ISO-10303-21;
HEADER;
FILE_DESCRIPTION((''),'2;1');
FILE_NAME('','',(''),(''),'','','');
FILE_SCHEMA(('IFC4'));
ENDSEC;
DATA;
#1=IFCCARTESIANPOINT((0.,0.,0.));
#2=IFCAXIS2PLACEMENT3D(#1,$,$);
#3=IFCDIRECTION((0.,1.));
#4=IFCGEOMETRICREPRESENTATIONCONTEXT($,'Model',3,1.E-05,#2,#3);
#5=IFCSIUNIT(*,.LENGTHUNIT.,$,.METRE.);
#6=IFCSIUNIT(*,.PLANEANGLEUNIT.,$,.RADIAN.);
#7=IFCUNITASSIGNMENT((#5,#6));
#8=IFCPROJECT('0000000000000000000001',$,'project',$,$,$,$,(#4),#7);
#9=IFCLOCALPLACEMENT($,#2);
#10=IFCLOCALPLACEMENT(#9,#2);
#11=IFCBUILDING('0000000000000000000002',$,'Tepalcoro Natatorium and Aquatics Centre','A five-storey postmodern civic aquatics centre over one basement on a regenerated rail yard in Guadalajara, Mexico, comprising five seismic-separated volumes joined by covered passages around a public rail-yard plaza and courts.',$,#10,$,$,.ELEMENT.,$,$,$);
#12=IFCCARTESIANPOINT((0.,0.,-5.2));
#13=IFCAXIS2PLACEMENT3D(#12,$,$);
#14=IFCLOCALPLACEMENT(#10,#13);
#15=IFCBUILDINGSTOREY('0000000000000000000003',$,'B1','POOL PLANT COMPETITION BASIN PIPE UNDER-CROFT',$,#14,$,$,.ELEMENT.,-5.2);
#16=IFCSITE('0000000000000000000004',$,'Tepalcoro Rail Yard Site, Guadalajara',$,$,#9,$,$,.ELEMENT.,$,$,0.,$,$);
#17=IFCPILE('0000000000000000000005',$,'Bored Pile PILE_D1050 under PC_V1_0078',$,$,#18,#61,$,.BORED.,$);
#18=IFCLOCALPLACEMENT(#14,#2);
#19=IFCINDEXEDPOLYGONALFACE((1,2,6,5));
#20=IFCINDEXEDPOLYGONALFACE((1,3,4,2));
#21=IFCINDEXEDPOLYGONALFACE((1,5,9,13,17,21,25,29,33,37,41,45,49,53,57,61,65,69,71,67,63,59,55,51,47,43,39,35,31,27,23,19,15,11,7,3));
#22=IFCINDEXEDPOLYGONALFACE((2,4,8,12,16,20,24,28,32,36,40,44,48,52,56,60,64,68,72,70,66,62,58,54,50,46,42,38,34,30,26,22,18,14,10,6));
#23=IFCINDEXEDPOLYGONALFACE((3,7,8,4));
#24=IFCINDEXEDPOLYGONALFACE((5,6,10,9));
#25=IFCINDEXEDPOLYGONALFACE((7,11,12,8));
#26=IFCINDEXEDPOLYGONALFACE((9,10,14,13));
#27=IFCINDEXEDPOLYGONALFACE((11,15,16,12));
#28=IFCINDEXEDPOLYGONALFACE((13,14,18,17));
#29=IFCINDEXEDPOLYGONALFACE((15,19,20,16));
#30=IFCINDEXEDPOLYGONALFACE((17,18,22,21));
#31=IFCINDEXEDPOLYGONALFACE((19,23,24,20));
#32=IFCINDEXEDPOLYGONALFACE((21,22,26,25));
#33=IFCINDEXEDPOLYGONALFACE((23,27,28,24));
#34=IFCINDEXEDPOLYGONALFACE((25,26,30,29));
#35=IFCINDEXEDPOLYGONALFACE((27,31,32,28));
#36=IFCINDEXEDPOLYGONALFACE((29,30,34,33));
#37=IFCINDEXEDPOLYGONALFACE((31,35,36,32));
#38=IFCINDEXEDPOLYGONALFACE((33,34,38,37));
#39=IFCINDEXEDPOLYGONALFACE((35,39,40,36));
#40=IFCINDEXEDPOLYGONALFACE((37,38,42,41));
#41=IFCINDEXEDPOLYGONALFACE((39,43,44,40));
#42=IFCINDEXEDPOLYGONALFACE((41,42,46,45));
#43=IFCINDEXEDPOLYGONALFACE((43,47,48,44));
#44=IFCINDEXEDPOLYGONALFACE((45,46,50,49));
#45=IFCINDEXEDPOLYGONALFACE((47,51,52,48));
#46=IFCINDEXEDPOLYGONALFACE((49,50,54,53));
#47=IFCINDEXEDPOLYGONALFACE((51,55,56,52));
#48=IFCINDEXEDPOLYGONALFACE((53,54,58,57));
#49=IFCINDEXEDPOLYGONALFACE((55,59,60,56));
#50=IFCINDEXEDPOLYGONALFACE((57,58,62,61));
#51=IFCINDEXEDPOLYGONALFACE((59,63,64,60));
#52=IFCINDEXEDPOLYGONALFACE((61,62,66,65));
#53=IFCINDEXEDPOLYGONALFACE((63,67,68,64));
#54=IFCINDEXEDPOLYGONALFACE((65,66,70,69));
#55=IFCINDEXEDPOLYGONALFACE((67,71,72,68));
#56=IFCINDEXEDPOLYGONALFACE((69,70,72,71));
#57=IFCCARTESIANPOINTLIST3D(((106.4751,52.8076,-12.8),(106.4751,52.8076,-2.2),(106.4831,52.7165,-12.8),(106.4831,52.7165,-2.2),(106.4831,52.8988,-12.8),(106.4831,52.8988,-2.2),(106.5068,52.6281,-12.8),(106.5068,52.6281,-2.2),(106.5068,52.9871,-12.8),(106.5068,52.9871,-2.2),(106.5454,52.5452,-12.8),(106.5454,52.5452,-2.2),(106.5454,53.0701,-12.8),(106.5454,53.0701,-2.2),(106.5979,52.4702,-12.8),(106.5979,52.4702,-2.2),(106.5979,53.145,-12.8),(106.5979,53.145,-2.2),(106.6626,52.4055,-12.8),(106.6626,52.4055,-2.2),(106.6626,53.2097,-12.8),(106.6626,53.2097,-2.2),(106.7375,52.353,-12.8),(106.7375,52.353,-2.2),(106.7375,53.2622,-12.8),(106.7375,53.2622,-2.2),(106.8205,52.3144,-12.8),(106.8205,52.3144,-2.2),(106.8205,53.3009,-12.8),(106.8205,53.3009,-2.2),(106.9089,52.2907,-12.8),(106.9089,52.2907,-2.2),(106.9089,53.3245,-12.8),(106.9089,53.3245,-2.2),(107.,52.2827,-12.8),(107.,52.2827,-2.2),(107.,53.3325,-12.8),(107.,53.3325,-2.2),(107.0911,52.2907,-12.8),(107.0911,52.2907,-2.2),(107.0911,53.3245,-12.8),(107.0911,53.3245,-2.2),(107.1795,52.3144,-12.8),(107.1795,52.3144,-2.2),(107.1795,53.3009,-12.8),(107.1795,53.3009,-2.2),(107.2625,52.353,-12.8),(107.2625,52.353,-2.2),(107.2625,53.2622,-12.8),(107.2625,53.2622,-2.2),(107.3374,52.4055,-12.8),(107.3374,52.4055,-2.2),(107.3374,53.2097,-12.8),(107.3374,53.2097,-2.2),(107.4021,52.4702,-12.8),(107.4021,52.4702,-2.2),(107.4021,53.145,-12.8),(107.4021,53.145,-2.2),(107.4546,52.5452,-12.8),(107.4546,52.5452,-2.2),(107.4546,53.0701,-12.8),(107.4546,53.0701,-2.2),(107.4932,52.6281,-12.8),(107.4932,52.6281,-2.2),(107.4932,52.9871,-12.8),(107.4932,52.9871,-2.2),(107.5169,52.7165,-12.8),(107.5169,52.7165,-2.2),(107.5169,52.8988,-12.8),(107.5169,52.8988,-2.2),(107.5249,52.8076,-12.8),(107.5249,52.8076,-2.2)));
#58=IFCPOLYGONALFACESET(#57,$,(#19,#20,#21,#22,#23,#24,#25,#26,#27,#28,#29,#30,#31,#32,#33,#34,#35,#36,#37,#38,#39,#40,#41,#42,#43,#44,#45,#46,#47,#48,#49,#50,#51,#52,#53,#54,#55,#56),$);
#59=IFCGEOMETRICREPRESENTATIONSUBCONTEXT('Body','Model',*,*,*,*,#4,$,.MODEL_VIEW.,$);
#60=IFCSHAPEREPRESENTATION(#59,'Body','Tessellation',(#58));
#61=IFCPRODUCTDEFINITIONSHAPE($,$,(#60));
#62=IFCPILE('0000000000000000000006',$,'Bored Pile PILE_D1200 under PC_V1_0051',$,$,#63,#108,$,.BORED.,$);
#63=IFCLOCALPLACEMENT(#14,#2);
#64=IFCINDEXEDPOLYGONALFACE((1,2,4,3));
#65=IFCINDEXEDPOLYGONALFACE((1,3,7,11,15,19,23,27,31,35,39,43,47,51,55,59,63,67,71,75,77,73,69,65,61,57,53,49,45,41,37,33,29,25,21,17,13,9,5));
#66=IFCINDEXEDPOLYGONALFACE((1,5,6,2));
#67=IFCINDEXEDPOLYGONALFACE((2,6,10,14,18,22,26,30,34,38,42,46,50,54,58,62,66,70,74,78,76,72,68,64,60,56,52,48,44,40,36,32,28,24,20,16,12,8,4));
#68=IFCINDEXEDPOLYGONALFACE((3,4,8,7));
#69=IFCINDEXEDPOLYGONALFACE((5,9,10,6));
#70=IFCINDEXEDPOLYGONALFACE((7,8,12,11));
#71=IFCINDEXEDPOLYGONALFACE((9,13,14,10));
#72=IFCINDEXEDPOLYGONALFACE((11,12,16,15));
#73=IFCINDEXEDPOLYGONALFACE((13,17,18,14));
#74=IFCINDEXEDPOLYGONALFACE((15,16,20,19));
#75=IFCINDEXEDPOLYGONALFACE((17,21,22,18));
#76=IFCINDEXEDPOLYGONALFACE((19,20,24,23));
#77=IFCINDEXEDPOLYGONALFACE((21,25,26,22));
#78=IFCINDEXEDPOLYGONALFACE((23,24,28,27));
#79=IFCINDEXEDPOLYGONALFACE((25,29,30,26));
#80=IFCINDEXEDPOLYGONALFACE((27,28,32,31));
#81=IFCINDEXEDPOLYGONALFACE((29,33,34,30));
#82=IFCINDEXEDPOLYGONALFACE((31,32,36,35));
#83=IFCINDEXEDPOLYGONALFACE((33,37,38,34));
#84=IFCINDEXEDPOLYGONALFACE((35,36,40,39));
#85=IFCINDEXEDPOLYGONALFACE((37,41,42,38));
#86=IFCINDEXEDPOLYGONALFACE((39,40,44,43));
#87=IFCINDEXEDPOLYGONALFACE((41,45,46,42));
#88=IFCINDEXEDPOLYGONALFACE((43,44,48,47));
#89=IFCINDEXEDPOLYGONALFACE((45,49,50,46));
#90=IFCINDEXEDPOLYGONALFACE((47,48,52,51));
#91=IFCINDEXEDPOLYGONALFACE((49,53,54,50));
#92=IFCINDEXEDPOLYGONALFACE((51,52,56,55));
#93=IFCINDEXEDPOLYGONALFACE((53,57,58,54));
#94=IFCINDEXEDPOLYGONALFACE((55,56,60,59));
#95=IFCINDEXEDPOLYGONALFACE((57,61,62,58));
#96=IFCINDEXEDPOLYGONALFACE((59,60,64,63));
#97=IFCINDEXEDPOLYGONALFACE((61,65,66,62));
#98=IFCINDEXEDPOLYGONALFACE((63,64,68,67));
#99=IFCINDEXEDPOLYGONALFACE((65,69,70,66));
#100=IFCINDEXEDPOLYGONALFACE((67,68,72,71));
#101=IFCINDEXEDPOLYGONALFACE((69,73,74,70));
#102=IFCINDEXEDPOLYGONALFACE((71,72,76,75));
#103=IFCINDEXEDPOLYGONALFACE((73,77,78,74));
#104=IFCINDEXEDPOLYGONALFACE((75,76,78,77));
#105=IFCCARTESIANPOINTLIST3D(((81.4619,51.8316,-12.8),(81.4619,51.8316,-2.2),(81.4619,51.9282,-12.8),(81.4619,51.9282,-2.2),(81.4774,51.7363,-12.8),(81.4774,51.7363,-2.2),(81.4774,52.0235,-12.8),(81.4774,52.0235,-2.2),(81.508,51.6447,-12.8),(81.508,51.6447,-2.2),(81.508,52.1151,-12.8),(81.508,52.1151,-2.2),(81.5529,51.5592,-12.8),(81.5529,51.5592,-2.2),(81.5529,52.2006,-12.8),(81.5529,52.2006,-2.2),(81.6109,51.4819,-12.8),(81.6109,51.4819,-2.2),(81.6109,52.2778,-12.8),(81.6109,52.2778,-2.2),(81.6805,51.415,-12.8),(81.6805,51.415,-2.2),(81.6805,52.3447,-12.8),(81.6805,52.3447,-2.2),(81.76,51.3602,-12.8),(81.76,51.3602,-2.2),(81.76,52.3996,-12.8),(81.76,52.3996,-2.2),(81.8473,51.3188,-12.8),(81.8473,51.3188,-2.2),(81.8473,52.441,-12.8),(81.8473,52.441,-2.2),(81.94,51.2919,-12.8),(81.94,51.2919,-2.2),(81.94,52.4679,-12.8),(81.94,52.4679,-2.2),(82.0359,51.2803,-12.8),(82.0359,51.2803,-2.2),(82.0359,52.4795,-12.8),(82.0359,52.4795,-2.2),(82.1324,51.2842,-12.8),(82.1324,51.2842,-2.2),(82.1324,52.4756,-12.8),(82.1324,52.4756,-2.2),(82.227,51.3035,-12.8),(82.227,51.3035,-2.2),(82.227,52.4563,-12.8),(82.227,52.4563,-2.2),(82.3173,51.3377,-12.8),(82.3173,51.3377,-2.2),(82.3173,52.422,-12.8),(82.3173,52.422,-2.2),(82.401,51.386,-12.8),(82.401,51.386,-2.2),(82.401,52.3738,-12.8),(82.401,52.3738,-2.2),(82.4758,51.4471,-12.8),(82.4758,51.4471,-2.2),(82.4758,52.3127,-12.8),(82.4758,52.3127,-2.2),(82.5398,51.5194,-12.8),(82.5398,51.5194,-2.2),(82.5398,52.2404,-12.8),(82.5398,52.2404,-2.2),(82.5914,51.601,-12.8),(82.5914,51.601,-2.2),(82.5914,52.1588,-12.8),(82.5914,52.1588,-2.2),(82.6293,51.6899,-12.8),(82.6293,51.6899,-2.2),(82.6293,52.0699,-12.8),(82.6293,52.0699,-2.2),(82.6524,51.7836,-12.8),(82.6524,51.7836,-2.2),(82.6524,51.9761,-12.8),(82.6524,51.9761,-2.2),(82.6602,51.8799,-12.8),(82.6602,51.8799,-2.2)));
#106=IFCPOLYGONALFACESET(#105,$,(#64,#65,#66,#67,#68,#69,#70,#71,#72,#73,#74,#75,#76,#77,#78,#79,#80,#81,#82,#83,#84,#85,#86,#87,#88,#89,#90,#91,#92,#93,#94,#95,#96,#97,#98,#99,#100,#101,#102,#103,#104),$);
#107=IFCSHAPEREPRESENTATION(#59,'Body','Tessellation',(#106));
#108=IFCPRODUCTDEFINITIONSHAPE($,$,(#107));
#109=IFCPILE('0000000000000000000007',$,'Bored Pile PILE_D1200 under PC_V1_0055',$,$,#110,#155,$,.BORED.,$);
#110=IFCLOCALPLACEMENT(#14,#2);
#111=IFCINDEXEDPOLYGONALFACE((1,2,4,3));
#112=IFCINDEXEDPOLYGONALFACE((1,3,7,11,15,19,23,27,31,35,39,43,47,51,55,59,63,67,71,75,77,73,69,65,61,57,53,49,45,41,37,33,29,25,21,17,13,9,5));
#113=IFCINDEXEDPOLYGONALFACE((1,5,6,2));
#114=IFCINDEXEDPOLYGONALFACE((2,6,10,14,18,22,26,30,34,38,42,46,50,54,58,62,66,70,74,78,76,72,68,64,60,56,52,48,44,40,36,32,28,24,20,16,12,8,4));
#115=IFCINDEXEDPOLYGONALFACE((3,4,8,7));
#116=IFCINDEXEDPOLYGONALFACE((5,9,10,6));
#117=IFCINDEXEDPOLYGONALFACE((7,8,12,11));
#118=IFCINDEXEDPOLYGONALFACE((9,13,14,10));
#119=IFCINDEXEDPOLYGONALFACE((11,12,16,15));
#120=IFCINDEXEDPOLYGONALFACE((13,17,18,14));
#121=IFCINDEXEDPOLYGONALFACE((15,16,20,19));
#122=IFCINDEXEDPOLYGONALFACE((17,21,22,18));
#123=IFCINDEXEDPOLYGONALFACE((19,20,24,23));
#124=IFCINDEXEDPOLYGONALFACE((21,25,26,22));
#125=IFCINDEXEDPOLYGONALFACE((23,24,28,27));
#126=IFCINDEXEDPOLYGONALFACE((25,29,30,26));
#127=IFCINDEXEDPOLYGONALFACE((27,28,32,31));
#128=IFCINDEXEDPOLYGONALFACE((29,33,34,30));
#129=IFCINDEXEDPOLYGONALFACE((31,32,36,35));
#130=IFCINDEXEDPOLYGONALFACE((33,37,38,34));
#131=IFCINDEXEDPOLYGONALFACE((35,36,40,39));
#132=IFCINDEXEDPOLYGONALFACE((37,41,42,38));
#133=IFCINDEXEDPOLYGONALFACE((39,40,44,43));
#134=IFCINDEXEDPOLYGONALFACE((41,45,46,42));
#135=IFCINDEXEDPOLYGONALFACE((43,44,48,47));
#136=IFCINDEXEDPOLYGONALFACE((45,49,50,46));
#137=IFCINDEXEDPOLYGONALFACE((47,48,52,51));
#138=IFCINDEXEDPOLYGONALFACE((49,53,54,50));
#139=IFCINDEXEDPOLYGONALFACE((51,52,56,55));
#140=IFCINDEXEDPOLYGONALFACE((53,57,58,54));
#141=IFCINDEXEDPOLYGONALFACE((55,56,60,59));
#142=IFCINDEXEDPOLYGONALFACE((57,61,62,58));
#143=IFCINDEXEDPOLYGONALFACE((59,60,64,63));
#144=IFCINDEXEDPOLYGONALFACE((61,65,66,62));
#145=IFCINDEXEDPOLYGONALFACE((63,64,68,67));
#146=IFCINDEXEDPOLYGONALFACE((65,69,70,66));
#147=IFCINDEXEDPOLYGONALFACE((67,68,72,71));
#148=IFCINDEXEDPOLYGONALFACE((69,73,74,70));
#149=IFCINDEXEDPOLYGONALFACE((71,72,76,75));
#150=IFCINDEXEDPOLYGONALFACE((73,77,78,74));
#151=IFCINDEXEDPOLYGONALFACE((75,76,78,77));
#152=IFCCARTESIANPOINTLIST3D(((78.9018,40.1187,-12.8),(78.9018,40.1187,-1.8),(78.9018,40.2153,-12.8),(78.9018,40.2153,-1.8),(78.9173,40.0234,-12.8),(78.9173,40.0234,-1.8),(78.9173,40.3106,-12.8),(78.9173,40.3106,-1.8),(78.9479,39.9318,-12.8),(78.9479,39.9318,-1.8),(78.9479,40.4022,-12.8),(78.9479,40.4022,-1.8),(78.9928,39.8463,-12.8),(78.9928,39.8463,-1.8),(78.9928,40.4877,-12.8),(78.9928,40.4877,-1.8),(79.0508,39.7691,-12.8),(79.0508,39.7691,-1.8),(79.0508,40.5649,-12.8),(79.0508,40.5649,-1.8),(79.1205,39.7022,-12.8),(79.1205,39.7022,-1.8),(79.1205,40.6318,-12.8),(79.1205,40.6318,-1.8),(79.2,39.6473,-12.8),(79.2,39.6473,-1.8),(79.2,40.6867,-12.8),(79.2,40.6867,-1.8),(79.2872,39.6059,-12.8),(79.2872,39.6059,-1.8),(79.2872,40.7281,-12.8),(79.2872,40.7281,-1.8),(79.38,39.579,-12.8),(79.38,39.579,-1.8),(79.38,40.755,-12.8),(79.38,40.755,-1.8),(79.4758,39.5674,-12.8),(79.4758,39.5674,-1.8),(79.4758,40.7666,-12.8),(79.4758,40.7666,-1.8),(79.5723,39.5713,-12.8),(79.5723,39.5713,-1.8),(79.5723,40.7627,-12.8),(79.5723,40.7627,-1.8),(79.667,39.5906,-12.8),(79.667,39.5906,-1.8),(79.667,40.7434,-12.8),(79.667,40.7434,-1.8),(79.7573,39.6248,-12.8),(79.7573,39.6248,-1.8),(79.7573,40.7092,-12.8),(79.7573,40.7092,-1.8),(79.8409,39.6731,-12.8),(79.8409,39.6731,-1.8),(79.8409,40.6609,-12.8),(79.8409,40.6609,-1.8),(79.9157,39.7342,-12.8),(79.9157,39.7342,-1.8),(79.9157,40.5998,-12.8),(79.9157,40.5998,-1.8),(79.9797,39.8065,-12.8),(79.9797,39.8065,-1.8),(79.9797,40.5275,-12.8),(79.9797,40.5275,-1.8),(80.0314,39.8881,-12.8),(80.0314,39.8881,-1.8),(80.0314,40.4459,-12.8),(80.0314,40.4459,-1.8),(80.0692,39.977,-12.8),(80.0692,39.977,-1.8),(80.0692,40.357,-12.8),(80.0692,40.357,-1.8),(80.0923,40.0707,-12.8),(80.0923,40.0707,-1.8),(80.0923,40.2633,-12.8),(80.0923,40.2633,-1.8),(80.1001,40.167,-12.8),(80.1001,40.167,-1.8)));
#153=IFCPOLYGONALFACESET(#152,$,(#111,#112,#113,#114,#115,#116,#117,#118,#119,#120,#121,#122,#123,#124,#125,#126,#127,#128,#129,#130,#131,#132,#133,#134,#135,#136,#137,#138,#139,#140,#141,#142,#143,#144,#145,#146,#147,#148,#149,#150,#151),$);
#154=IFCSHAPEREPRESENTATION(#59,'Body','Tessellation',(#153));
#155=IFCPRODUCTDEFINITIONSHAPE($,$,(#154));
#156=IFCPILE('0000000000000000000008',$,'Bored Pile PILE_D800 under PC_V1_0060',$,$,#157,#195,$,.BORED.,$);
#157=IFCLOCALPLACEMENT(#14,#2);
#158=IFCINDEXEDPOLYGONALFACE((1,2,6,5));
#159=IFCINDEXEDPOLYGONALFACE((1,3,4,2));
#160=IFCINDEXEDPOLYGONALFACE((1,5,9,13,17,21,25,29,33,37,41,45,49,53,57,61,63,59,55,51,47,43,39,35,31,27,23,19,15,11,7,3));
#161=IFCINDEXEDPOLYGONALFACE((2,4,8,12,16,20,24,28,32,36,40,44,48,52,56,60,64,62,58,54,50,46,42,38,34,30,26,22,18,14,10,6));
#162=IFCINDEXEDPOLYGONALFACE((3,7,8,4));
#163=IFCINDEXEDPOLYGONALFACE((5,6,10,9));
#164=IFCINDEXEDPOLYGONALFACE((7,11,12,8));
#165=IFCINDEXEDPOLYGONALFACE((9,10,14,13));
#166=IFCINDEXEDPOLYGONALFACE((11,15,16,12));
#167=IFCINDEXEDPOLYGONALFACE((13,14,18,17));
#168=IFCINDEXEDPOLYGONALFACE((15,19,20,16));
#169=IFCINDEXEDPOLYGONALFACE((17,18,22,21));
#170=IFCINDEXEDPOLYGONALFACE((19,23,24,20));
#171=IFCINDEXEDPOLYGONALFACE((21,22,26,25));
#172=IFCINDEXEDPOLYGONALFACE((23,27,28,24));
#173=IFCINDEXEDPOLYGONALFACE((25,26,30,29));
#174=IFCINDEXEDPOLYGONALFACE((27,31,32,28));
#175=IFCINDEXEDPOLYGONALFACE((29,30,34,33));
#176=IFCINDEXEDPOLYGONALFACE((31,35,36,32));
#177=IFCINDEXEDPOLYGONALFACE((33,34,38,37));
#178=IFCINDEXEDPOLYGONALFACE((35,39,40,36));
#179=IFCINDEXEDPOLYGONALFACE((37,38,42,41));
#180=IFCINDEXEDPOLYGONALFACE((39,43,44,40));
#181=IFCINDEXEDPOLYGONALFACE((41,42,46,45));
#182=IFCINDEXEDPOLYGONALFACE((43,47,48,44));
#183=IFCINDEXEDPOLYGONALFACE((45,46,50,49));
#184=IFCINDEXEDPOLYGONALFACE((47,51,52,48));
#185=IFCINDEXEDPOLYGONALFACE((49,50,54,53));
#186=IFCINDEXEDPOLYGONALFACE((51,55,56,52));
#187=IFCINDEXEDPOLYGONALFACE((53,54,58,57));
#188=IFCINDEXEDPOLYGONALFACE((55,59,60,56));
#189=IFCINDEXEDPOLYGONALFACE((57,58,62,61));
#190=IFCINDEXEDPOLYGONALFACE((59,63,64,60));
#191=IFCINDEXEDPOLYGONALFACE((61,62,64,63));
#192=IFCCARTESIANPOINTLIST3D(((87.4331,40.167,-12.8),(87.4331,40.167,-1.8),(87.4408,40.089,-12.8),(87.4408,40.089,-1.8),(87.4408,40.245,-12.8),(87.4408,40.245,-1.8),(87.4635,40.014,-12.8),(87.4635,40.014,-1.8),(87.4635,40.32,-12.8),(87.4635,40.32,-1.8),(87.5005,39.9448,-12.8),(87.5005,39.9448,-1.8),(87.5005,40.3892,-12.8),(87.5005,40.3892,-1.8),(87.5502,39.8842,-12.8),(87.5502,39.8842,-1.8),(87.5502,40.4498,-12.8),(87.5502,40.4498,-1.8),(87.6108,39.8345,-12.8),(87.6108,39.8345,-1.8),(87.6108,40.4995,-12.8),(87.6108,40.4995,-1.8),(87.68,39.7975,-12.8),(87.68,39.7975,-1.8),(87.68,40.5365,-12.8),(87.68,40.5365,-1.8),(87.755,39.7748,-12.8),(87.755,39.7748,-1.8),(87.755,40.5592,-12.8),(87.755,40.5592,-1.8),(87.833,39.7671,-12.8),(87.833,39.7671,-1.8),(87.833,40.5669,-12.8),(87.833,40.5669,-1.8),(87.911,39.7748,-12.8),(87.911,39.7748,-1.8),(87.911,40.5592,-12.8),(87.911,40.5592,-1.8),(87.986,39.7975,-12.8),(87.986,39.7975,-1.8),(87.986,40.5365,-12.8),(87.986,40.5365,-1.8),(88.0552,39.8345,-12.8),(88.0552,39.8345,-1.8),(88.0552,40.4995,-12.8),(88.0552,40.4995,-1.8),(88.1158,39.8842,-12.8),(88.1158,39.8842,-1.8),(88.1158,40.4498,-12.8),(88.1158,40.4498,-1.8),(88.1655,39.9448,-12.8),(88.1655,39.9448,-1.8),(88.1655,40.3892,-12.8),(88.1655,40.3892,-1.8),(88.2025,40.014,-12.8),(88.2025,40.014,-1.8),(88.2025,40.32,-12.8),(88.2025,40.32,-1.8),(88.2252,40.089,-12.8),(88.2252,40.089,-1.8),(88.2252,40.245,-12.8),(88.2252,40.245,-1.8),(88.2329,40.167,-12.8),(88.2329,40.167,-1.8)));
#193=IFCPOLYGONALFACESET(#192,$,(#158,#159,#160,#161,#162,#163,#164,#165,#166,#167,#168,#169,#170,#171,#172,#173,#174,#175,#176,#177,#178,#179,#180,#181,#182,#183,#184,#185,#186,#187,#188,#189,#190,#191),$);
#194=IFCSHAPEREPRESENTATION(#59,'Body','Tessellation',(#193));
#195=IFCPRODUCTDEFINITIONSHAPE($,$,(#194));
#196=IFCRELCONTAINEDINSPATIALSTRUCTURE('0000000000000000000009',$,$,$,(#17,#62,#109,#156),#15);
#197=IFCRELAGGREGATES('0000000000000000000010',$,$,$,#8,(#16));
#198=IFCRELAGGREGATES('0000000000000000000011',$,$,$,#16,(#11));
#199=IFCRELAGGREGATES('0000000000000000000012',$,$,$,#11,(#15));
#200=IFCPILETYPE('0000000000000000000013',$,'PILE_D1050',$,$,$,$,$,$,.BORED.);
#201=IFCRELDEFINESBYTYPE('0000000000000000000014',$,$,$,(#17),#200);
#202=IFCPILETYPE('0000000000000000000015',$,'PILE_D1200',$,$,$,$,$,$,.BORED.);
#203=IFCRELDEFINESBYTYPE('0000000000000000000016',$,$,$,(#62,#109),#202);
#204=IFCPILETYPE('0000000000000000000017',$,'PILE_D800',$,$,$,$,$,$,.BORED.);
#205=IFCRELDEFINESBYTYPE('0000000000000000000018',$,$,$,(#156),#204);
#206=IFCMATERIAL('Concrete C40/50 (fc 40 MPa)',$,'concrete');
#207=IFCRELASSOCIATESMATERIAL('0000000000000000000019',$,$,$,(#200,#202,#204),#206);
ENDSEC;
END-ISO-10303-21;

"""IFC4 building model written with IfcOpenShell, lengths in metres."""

from ifc_helpers import new_model, si_unit, direction, frame, origin, origin_2d, place, context, subcontext, project, spatial, circle, extrude, material, material_profile, profile_set, type_object, element, save


model = new_model("IFC4")

# Units and contexts
model_context = context("Model", 3, precision=1e-05, world=origin(), true_north=direction((0.0, 1.0)))
body_context = subcontext(model_context, "Body", "Model", "MODEL_VIEW")
ifc_project = project(units=[si_unit("LENGTHUNIT", "METRE"), si_unit("PLANEANGLEUNIT", "RADIAN")], contexts=[model_context])

# Site, building, storey
site_placement = place(None, origin())
site = spatial("IfcSite", under=ifc_project, at=site_placement, Name="Tepalcoro Rail Yard Site, Guadalajara", CompositionType="ELEMENT", RefElevation=0.0)
building_placement = place(site_placement, origin())
building = spatial("IfcBuilding", under=site, at=building_placement, Name="Tepalcoro Natatorium and Aquatics Centre", Description="A five-storey postmodern civic aquatics centre over one basement on a regenerated rail yard in Guadalajara, Mexico, comprising five seismic-separated volumes joined by covered passages around a public rail-yard plaza and courts.", CompositionType="ELEMENT")
storey_placement = place(building_placement, frame((0.0, 0.0, -5.2)))
storey = spatial("IfcBuildingStorey", under=building, at=storey_placement, Name="B1", Description="POOL PLANT COMPETITION BASIN PIPE UNDER-CROFT", CompositionType="ELEMENT", Elevation=-5.2)

# Piles
ifc_material_1 = material(Name="Concrete C40/50 (fc 40 MPa)", Category="concrete")
ifc_material_profile_1 = material_profile(ifc_material_1, circle(Radius=0.5249, at=origin_2d()), Name="PILE_D1050")
ifc_profile_set_1 = profile_set([ifc_material_profile_1], Name="Concrete C40/50 (fc 40 MPa)")
pile_type_1 = type_object("IfcPileType", Name="PILE_D1050", PredefinedType="BORED", material=ifc_profile_set_1)
pile_1_placement = place(storey_placement, frame((107.0, 52.8076, -2.2), z_axis=(0.0, 0.0, -1.0), x_axis=(1.0, 0.0, 0.0)))
element("IfcPile", 1, at=pile_1_placement, inside=storey, type_object=pile_type_1, Name="Bored Pile PILE_D1050 under PC_V1_0078", PredefinedType="BORED", context=body_context, shape_type="SweptSolid", body=[
    extrude(circle(Radius=0.5249, at=origin_2d()), origin(), (0.0, 0.0, 1.0), 10.6001),
])
ifc_material_profile_2 = material_profile(ifc_material_1, circle(Radius=0.6001, at=origin_2d()), Name="PILE_D1200")
ifc_profile_set_2 = profile_set([ifc_material_profile_2], Name="Concrete C40/50 (fc 40 MPa)")
pile_type_2 = type_object("IfcPileType", Name="PILE_D1200", PredefinedType="BORED", material=ifc_profile_set_2)
pile_2_placement = place(storey_placement, frame((82.0601, 51.8799, -2.2), z_axis=(0.0, 0.0, -1.0), x_axis=(1.0, 0.0, 0.0)))
element("IfcPile", 2, at=pile_2_placement, inside=storey, type_object=pile_type_2, Name="Bored Pile PILE_D1200 under PC_V1_0051", PredefinedType="BORED", context=body_context, shape_type="SweptSolid", body=[
    extrude(circle(Radius=0.6001, at=origin_2d()), origin(), (0.0, 0.0, 1.0), 10.6001),
])
pile_3_placement = place(storey_placement, frame((79.5, 40.167, -1.8), z_axis=(0.0, 0.0, -1.0), x_axis=(1.0, 0.0, 0.0)))
element("IfcPile", 3, at=pile_3_placement, inside=storey, type_object=pile_type_2, Name="Bored Pile PILE_D1200 under PC_V1_0055", PredefinedType="BORED", context=body_context, shape_type="SweptSolid", body=[
    extrude(circle(Radius=0.6001, at=origin_2d()), origin(), (0.0, 0.0, 1.0), 11.0),
])
ifc_material_profile_3 = material_profile(ifc_material_1, circle(Radius=0.3999, at=origin_2d()), Name="PILE_D800")
ifc_profile_set_3 = profile_set([ifc_material_profile_3], Name="Concrete C40/50 (fc 40 MPa)")
pile_type_3 = type_object("IfcPileType", Name="PILE_D800", PredefinedType="BORED", material=ifc_profile_set_3)
pile_4_placement = place(storey_placement, frame((87.833, 40.167, -1.8), z_axis=(0.0, 0.0, -1.0), x_axis=(1.0, 0.0, 0.0)))
element("IfcPile", 4, at=pile_4_placement, inside=storey, type_object=pile_type_3, Name="Bored Pile PILE_D800 under PC_V1_0060", PredefinedType="BORED", context=body_context, shape_type="SweptSolid", body=[
    extrude(circle(Radius=0.3999, at=origin_2d()), origin(), (0.0, 0.0, 1.0), 11.0),
])

save(model, "model.ifc")
